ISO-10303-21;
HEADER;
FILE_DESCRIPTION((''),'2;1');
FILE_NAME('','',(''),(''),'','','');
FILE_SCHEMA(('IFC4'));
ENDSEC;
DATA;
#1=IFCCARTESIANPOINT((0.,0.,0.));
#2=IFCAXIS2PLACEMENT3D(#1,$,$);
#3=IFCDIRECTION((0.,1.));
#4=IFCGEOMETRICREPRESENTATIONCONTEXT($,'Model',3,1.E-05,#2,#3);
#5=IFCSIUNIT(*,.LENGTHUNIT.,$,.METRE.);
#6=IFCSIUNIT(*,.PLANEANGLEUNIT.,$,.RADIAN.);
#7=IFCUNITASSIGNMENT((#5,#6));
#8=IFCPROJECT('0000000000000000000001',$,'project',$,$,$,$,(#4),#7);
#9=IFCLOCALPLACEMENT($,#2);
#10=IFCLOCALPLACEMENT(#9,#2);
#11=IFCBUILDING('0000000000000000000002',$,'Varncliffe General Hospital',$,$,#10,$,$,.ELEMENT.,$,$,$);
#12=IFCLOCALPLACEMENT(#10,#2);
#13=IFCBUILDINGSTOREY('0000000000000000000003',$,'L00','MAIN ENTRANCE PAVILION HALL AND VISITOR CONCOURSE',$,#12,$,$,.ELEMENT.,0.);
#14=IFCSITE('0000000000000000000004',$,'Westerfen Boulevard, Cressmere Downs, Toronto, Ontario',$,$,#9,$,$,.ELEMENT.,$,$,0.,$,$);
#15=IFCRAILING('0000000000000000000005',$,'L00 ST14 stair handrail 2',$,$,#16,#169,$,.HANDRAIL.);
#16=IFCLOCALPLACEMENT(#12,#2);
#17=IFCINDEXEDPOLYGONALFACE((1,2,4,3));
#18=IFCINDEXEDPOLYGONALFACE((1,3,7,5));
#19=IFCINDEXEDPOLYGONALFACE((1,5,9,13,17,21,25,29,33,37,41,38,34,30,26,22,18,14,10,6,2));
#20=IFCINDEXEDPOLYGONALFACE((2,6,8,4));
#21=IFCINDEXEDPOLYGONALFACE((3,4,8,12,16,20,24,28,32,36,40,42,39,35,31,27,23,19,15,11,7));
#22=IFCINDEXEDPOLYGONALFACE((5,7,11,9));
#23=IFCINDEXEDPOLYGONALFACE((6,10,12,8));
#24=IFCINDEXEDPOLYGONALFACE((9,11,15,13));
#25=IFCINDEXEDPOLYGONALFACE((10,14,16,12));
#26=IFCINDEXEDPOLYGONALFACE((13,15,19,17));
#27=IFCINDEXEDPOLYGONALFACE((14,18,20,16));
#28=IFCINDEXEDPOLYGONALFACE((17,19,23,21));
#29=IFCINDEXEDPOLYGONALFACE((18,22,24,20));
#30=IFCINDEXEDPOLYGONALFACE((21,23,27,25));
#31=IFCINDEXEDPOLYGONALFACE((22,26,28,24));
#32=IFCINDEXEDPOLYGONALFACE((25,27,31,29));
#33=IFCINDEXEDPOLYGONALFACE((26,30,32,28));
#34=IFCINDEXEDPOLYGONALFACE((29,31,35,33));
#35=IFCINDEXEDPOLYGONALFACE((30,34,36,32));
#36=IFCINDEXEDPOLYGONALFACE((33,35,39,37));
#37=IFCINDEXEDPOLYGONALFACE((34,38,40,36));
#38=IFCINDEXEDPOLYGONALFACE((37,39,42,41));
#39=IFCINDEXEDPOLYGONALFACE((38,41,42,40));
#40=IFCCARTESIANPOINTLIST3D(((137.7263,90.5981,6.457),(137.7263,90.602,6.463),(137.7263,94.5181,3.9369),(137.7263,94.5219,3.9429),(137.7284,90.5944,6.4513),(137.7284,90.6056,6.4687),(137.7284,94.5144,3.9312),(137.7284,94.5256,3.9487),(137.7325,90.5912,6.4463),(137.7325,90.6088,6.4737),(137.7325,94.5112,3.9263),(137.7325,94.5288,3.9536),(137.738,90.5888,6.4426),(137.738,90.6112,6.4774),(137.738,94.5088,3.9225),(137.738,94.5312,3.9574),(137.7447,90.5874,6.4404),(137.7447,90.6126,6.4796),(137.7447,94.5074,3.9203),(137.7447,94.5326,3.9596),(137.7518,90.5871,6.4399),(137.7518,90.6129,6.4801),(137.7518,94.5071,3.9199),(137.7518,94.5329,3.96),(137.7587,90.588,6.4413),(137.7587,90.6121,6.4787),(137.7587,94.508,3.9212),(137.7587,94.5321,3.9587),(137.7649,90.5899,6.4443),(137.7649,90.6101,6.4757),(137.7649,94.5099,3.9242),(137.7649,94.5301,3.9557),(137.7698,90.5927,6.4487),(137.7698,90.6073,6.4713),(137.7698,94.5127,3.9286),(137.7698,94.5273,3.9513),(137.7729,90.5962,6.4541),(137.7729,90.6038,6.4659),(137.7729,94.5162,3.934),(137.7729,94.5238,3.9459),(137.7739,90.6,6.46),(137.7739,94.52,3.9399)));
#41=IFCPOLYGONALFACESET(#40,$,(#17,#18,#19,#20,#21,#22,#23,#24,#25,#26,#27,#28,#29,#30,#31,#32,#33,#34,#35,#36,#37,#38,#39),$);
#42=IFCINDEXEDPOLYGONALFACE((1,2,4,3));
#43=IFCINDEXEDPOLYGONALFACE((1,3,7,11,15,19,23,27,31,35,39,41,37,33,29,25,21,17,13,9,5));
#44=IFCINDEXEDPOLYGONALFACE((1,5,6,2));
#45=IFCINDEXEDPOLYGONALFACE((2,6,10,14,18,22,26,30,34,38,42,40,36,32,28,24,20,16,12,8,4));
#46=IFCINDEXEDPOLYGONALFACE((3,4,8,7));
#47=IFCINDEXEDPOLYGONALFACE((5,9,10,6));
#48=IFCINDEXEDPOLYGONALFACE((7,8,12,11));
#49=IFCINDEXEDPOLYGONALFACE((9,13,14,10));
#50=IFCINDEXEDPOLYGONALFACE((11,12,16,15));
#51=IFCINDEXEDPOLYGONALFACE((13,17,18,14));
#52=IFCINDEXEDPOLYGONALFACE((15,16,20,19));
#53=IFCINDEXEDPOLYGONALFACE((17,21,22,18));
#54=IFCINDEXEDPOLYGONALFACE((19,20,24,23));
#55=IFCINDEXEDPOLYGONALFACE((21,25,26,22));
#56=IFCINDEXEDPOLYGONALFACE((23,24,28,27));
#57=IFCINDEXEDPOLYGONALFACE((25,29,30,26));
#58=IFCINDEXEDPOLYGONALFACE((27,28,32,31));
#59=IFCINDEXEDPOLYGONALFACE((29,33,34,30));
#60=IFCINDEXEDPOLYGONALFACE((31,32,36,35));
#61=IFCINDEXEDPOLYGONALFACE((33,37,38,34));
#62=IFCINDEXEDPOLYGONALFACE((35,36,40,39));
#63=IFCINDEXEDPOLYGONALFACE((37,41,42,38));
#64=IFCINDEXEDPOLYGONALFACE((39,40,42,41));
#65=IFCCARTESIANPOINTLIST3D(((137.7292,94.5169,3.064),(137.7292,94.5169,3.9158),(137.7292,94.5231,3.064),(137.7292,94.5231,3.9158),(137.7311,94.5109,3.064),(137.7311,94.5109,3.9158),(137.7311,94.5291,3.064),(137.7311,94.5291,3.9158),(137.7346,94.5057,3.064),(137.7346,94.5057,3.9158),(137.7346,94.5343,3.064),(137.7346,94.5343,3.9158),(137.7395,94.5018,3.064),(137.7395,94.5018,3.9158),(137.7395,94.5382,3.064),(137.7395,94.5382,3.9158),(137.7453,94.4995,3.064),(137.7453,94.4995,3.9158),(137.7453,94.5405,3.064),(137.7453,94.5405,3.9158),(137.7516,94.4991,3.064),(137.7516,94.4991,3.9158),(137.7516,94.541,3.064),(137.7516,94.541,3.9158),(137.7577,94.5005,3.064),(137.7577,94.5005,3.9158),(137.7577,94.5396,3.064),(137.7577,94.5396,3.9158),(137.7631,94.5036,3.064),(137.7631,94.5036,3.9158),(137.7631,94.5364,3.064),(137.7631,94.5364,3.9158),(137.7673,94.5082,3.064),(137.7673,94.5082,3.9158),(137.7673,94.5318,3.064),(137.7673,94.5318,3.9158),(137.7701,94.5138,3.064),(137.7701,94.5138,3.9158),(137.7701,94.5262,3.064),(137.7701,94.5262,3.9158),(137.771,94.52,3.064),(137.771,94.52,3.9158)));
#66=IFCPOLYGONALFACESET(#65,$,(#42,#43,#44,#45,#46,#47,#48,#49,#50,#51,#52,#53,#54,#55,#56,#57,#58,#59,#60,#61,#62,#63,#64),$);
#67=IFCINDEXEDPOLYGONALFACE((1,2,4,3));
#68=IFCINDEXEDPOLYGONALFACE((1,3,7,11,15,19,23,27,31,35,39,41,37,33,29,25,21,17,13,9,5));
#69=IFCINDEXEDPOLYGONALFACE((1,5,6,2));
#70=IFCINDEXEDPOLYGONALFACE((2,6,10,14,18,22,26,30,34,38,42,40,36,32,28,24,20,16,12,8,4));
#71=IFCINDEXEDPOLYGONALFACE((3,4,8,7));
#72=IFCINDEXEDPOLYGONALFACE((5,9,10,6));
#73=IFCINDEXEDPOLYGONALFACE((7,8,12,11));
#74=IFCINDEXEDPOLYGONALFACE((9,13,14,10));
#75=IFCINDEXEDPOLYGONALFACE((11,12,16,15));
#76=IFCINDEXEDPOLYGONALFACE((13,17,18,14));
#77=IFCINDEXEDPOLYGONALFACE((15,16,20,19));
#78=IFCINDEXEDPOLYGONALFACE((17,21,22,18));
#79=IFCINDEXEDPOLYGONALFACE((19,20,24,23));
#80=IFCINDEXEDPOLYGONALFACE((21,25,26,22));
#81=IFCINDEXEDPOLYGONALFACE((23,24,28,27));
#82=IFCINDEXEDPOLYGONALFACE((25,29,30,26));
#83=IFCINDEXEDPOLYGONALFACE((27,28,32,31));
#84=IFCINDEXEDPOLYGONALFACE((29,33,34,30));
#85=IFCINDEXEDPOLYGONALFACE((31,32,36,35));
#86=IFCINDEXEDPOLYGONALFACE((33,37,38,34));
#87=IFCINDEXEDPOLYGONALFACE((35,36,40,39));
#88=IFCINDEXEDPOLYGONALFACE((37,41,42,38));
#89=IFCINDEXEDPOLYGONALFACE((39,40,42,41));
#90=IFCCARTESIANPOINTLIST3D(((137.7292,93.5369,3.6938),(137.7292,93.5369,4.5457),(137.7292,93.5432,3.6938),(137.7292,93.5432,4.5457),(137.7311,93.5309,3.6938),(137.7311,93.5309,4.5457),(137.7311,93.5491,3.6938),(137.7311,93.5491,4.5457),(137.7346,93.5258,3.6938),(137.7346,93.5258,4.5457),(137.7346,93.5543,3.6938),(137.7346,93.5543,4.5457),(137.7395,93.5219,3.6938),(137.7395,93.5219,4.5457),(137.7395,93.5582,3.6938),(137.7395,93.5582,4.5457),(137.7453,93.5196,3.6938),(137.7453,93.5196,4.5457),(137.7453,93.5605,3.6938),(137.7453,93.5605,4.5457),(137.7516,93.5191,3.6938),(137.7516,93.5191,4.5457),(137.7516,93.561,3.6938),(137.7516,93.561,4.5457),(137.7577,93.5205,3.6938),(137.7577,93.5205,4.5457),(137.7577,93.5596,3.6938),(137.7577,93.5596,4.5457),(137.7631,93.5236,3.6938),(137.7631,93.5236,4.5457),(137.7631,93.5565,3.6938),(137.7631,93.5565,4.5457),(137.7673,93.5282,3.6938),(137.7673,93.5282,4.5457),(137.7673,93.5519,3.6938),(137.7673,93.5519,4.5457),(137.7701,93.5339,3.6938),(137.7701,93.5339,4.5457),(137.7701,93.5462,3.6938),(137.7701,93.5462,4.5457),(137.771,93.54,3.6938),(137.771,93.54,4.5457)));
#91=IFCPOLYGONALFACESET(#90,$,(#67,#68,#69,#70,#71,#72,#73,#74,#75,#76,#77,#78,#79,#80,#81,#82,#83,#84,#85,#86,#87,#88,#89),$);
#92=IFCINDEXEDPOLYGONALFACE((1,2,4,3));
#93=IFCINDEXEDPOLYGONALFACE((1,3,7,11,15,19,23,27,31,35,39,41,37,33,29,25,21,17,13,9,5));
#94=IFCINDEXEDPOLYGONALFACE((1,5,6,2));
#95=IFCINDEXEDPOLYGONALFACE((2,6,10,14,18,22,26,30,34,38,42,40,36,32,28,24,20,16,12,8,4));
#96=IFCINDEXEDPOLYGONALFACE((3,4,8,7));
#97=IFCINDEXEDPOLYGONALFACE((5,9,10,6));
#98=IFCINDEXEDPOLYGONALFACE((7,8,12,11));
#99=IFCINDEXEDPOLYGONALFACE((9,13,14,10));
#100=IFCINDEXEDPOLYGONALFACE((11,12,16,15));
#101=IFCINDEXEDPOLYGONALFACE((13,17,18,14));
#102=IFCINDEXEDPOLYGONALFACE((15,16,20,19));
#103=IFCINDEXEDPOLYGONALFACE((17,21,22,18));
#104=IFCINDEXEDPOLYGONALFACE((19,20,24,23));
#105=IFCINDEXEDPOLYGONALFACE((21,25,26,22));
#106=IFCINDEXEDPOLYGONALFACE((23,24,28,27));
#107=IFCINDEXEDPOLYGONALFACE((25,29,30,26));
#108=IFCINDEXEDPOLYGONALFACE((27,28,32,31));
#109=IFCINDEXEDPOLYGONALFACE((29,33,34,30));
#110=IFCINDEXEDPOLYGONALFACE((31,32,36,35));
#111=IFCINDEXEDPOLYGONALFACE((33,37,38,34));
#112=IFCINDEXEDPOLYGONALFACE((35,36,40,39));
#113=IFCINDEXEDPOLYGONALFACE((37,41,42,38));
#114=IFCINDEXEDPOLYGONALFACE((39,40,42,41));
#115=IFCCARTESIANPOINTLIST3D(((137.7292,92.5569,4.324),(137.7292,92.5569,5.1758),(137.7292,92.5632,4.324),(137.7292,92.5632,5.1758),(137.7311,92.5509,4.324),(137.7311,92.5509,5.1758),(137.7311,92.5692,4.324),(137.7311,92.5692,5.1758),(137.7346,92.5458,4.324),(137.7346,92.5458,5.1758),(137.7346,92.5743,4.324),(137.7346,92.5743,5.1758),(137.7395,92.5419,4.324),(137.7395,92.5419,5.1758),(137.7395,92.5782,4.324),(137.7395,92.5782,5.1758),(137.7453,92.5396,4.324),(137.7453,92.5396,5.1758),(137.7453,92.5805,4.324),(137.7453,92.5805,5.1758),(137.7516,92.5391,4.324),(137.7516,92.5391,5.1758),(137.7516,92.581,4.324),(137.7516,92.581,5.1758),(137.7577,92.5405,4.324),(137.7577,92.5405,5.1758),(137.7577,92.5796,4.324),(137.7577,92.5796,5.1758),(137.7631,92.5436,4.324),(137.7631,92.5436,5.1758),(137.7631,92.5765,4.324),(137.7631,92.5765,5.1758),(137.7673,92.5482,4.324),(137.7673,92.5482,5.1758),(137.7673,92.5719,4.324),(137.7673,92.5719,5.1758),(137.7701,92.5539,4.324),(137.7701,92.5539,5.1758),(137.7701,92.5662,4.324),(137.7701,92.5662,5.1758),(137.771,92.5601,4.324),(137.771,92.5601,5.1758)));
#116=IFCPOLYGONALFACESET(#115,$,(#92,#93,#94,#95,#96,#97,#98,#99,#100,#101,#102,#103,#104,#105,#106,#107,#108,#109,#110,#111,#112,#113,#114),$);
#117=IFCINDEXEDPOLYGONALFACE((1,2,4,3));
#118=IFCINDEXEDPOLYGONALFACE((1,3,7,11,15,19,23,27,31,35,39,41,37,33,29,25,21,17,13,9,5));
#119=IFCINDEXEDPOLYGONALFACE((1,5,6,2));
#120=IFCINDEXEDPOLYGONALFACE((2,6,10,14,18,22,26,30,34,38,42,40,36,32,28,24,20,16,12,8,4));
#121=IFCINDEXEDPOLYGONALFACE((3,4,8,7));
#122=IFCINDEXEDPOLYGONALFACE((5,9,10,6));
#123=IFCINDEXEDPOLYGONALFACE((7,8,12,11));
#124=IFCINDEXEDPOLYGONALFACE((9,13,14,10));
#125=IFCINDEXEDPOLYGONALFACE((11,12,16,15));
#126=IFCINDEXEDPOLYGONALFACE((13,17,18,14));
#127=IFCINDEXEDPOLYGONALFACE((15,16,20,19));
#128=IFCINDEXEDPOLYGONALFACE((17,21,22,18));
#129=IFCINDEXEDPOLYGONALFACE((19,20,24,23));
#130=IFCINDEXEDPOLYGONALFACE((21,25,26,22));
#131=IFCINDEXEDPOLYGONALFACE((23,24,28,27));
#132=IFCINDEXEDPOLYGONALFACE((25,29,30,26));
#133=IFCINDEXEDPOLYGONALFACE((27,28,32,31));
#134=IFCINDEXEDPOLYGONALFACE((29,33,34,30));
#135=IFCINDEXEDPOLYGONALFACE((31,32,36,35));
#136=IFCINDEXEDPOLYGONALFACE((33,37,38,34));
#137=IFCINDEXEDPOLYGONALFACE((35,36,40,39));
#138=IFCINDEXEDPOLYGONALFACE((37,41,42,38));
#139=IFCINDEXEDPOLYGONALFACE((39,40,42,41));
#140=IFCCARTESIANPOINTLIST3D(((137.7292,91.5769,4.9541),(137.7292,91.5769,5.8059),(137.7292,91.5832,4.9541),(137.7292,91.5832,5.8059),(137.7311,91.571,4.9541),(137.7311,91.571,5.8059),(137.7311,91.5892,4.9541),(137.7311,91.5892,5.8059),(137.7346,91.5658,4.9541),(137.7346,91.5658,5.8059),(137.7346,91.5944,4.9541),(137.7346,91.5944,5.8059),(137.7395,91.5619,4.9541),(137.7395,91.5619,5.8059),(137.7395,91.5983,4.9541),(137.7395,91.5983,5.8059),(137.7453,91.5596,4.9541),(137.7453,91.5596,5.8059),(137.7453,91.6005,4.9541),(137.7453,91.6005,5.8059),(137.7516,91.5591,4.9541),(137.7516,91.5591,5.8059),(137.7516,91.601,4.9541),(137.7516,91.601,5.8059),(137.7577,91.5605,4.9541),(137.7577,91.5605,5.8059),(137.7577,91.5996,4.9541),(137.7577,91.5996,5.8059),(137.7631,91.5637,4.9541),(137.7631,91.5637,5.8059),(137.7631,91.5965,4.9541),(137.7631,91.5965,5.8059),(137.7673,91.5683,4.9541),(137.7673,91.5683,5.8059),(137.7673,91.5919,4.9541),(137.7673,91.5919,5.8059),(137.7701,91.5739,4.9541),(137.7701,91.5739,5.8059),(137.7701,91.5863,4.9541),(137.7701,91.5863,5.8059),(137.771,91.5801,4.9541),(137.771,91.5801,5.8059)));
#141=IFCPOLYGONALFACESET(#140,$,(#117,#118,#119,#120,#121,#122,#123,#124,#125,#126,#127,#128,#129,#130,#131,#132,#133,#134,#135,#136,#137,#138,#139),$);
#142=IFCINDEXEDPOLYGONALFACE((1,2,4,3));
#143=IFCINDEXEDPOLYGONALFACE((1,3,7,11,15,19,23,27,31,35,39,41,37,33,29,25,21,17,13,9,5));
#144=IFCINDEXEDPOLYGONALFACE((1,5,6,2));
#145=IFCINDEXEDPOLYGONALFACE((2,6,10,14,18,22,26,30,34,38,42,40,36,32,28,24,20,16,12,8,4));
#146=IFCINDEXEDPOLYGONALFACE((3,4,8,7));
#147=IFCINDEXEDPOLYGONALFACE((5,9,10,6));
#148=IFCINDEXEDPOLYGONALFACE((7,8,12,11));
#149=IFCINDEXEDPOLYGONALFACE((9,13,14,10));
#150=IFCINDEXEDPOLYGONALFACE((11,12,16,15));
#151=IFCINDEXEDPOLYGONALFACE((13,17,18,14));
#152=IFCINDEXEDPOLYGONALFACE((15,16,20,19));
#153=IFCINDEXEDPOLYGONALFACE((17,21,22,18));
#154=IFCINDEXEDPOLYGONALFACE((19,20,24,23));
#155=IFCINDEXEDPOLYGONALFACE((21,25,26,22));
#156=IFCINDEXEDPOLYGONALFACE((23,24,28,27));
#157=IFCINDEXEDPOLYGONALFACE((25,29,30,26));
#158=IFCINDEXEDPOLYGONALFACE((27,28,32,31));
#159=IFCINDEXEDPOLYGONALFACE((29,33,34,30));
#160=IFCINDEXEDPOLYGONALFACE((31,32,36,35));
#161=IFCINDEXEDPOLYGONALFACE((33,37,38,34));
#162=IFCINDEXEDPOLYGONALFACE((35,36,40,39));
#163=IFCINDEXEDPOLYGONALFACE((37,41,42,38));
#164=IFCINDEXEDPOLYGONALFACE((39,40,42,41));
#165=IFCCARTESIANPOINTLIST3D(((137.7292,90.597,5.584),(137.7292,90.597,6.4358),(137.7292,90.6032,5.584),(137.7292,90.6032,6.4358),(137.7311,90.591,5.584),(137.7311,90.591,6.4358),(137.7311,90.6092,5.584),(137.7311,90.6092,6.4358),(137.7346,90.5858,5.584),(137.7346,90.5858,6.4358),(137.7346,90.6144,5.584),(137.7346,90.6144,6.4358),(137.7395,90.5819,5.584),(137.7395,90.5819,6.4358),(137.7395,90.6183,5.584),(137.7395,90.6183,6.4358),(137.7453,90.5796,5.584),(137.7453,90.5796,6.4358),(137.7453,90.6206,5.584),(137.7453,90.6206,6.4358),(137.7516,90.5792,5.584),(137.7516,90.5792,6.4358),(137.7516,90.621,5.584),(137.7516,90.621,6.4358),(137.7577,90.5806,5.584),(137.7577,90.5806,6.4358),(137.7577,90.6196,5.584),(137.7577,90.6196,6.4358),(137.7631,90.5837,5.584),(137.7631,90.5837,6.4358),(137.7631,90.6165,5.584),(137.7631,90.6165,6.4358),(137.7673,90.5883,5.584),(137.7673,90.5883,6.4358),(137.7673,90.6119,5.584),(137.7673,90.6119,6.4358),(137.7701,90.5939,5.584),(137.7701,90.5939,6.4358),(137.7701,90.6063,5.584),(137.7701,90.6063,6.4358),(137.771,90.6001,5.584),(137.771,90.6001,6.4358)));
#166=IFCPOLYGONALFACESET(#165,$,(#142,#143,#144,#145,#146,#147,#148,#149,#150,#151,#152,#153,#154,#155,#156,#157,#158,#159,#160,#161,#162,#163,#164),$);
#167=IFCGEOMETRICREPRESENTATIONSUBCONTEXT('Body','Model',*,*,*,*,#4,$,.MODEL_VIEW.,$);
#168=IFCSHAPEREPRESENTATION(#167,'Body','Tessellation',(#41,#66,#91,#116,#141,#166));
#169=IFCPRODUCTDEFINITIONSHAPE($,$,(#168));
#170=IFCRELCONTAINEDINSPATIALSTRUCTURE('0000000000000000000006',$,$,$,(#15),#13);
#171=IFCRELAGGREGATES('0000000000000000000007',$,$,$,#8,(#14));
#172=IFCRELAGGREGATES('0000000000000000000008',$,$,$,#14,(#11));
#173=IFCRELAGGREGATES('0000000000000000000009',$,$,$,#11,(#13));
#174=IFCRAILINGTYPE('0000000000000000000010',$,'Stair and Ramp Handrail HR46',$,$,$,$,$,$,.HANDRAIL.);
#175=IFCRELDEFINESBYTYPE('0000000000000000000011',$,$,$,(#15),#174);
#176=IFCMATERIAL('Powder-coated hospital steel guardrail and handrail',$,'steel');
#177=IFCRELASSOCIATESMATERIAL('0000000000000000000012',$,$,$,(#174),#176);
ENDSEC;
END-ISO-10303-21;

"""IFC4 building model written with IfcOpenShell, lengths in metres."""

from ifc_helpers import new_model, si_unit, direction, frame, origin, origin_2d, place, context, subcontext, project, spatial, circle, extrude, material, type_object, element, save


model = new_model("IFC4")

# Units and contexts
model_context = context("Model", 3, precision=1e-05, world=origin(), true_north=direction((0.0, 1.0)))
body_context = subcontext(model_context, "Body", "Model", "MODEL_VIEW")
ifc_project = project(units=[si_unit("LENGTHUNIT", "METRE"), si_unit("PLANEANGLEUNIT", "RADIAN")], contexts=[model_context])

# Site, building, storey
site_placement = place(None, origin())
site = spatial("IfcSite", under=ifc_project, at=site_placement, Name="Westerfen Boulevard, Cressmere Downs, Toronto, Ontario", CompositionType="ELEMENT", RefElevation=0.0)
building_placement = place(site_placement, origin())
building = spatial("IfcBuilding", under=site, at=building_placement, Name="Varncliffe General Hospital", CompositionType="ELEMENT")
storey_placement = place(building_placement, origin())
storey = spatial("IfcBuildingStorey", under=building, at=storey_placement, Name="L00", Description="MAIN ENTRANCE PAVILION HALL AND VISITOR CONCOURSE", CompositionType="ELEMENT", Elevation=0.0)

# Railing
ifc_material_1 = material(Name="Powder-coated hospital steel guardrail and handrail", Category="steel")
railing_type_1 = type_object("IfcRailingType", Name="Stair and Ramp Handrail HR46", PredefinedType="HANDRAIL", material=ifc_material_1)
railing_1_placement = place(storey_placement, frame((137.75, 94.52, 3.064)))
element("IfcRailing", 1, at=railing_1_placement, inside=storey, type_object=railing_type_1, Name="L00 ST14 stair handrail 2", PredefinedType="HANDRAIL", context=body_context, shape_type="SweptSolid", body=[
    extrude(circle(Radius=0.0239, at=origin_2d()), frame((0.0, 0.0, 0.876), z_axis=(0.0, -0.841172, 0.540768), x_axis=(1.0, 0.0, 0.0)), (0.0, 0.0, 1.0), 4.6602),
    extrude(circle(Radius=0.021, at=origin_2d()), origin(), (0.0, 0.0, 1.0), 0.8518),
    extrude(circle(Radius=0.021, at=origin_2d()), frame((0.0, -0.98, 0.6299)), (0.0, 0.0, 1.0), 0.8518),
    extrude(circle(Radius=0.021, at=origin_2d()), frame((0.0, -1.96, 1.26)), (0.0, 0.0, 1.0), 0.8518),
    extrude(circle(Radius=0.021, at=origin_2d()), frame((0.0, -2.9399, 1.8901)), (0.0, 0.0, 1.0), 0.8518),
    extrude(circle(Radius=0.021, at=origin_2d()), frame((0.0, -3.9199, 2.52)), (0.0, 0.0, 1.0), 0.8518),
])

save(model, "model.ifc")
